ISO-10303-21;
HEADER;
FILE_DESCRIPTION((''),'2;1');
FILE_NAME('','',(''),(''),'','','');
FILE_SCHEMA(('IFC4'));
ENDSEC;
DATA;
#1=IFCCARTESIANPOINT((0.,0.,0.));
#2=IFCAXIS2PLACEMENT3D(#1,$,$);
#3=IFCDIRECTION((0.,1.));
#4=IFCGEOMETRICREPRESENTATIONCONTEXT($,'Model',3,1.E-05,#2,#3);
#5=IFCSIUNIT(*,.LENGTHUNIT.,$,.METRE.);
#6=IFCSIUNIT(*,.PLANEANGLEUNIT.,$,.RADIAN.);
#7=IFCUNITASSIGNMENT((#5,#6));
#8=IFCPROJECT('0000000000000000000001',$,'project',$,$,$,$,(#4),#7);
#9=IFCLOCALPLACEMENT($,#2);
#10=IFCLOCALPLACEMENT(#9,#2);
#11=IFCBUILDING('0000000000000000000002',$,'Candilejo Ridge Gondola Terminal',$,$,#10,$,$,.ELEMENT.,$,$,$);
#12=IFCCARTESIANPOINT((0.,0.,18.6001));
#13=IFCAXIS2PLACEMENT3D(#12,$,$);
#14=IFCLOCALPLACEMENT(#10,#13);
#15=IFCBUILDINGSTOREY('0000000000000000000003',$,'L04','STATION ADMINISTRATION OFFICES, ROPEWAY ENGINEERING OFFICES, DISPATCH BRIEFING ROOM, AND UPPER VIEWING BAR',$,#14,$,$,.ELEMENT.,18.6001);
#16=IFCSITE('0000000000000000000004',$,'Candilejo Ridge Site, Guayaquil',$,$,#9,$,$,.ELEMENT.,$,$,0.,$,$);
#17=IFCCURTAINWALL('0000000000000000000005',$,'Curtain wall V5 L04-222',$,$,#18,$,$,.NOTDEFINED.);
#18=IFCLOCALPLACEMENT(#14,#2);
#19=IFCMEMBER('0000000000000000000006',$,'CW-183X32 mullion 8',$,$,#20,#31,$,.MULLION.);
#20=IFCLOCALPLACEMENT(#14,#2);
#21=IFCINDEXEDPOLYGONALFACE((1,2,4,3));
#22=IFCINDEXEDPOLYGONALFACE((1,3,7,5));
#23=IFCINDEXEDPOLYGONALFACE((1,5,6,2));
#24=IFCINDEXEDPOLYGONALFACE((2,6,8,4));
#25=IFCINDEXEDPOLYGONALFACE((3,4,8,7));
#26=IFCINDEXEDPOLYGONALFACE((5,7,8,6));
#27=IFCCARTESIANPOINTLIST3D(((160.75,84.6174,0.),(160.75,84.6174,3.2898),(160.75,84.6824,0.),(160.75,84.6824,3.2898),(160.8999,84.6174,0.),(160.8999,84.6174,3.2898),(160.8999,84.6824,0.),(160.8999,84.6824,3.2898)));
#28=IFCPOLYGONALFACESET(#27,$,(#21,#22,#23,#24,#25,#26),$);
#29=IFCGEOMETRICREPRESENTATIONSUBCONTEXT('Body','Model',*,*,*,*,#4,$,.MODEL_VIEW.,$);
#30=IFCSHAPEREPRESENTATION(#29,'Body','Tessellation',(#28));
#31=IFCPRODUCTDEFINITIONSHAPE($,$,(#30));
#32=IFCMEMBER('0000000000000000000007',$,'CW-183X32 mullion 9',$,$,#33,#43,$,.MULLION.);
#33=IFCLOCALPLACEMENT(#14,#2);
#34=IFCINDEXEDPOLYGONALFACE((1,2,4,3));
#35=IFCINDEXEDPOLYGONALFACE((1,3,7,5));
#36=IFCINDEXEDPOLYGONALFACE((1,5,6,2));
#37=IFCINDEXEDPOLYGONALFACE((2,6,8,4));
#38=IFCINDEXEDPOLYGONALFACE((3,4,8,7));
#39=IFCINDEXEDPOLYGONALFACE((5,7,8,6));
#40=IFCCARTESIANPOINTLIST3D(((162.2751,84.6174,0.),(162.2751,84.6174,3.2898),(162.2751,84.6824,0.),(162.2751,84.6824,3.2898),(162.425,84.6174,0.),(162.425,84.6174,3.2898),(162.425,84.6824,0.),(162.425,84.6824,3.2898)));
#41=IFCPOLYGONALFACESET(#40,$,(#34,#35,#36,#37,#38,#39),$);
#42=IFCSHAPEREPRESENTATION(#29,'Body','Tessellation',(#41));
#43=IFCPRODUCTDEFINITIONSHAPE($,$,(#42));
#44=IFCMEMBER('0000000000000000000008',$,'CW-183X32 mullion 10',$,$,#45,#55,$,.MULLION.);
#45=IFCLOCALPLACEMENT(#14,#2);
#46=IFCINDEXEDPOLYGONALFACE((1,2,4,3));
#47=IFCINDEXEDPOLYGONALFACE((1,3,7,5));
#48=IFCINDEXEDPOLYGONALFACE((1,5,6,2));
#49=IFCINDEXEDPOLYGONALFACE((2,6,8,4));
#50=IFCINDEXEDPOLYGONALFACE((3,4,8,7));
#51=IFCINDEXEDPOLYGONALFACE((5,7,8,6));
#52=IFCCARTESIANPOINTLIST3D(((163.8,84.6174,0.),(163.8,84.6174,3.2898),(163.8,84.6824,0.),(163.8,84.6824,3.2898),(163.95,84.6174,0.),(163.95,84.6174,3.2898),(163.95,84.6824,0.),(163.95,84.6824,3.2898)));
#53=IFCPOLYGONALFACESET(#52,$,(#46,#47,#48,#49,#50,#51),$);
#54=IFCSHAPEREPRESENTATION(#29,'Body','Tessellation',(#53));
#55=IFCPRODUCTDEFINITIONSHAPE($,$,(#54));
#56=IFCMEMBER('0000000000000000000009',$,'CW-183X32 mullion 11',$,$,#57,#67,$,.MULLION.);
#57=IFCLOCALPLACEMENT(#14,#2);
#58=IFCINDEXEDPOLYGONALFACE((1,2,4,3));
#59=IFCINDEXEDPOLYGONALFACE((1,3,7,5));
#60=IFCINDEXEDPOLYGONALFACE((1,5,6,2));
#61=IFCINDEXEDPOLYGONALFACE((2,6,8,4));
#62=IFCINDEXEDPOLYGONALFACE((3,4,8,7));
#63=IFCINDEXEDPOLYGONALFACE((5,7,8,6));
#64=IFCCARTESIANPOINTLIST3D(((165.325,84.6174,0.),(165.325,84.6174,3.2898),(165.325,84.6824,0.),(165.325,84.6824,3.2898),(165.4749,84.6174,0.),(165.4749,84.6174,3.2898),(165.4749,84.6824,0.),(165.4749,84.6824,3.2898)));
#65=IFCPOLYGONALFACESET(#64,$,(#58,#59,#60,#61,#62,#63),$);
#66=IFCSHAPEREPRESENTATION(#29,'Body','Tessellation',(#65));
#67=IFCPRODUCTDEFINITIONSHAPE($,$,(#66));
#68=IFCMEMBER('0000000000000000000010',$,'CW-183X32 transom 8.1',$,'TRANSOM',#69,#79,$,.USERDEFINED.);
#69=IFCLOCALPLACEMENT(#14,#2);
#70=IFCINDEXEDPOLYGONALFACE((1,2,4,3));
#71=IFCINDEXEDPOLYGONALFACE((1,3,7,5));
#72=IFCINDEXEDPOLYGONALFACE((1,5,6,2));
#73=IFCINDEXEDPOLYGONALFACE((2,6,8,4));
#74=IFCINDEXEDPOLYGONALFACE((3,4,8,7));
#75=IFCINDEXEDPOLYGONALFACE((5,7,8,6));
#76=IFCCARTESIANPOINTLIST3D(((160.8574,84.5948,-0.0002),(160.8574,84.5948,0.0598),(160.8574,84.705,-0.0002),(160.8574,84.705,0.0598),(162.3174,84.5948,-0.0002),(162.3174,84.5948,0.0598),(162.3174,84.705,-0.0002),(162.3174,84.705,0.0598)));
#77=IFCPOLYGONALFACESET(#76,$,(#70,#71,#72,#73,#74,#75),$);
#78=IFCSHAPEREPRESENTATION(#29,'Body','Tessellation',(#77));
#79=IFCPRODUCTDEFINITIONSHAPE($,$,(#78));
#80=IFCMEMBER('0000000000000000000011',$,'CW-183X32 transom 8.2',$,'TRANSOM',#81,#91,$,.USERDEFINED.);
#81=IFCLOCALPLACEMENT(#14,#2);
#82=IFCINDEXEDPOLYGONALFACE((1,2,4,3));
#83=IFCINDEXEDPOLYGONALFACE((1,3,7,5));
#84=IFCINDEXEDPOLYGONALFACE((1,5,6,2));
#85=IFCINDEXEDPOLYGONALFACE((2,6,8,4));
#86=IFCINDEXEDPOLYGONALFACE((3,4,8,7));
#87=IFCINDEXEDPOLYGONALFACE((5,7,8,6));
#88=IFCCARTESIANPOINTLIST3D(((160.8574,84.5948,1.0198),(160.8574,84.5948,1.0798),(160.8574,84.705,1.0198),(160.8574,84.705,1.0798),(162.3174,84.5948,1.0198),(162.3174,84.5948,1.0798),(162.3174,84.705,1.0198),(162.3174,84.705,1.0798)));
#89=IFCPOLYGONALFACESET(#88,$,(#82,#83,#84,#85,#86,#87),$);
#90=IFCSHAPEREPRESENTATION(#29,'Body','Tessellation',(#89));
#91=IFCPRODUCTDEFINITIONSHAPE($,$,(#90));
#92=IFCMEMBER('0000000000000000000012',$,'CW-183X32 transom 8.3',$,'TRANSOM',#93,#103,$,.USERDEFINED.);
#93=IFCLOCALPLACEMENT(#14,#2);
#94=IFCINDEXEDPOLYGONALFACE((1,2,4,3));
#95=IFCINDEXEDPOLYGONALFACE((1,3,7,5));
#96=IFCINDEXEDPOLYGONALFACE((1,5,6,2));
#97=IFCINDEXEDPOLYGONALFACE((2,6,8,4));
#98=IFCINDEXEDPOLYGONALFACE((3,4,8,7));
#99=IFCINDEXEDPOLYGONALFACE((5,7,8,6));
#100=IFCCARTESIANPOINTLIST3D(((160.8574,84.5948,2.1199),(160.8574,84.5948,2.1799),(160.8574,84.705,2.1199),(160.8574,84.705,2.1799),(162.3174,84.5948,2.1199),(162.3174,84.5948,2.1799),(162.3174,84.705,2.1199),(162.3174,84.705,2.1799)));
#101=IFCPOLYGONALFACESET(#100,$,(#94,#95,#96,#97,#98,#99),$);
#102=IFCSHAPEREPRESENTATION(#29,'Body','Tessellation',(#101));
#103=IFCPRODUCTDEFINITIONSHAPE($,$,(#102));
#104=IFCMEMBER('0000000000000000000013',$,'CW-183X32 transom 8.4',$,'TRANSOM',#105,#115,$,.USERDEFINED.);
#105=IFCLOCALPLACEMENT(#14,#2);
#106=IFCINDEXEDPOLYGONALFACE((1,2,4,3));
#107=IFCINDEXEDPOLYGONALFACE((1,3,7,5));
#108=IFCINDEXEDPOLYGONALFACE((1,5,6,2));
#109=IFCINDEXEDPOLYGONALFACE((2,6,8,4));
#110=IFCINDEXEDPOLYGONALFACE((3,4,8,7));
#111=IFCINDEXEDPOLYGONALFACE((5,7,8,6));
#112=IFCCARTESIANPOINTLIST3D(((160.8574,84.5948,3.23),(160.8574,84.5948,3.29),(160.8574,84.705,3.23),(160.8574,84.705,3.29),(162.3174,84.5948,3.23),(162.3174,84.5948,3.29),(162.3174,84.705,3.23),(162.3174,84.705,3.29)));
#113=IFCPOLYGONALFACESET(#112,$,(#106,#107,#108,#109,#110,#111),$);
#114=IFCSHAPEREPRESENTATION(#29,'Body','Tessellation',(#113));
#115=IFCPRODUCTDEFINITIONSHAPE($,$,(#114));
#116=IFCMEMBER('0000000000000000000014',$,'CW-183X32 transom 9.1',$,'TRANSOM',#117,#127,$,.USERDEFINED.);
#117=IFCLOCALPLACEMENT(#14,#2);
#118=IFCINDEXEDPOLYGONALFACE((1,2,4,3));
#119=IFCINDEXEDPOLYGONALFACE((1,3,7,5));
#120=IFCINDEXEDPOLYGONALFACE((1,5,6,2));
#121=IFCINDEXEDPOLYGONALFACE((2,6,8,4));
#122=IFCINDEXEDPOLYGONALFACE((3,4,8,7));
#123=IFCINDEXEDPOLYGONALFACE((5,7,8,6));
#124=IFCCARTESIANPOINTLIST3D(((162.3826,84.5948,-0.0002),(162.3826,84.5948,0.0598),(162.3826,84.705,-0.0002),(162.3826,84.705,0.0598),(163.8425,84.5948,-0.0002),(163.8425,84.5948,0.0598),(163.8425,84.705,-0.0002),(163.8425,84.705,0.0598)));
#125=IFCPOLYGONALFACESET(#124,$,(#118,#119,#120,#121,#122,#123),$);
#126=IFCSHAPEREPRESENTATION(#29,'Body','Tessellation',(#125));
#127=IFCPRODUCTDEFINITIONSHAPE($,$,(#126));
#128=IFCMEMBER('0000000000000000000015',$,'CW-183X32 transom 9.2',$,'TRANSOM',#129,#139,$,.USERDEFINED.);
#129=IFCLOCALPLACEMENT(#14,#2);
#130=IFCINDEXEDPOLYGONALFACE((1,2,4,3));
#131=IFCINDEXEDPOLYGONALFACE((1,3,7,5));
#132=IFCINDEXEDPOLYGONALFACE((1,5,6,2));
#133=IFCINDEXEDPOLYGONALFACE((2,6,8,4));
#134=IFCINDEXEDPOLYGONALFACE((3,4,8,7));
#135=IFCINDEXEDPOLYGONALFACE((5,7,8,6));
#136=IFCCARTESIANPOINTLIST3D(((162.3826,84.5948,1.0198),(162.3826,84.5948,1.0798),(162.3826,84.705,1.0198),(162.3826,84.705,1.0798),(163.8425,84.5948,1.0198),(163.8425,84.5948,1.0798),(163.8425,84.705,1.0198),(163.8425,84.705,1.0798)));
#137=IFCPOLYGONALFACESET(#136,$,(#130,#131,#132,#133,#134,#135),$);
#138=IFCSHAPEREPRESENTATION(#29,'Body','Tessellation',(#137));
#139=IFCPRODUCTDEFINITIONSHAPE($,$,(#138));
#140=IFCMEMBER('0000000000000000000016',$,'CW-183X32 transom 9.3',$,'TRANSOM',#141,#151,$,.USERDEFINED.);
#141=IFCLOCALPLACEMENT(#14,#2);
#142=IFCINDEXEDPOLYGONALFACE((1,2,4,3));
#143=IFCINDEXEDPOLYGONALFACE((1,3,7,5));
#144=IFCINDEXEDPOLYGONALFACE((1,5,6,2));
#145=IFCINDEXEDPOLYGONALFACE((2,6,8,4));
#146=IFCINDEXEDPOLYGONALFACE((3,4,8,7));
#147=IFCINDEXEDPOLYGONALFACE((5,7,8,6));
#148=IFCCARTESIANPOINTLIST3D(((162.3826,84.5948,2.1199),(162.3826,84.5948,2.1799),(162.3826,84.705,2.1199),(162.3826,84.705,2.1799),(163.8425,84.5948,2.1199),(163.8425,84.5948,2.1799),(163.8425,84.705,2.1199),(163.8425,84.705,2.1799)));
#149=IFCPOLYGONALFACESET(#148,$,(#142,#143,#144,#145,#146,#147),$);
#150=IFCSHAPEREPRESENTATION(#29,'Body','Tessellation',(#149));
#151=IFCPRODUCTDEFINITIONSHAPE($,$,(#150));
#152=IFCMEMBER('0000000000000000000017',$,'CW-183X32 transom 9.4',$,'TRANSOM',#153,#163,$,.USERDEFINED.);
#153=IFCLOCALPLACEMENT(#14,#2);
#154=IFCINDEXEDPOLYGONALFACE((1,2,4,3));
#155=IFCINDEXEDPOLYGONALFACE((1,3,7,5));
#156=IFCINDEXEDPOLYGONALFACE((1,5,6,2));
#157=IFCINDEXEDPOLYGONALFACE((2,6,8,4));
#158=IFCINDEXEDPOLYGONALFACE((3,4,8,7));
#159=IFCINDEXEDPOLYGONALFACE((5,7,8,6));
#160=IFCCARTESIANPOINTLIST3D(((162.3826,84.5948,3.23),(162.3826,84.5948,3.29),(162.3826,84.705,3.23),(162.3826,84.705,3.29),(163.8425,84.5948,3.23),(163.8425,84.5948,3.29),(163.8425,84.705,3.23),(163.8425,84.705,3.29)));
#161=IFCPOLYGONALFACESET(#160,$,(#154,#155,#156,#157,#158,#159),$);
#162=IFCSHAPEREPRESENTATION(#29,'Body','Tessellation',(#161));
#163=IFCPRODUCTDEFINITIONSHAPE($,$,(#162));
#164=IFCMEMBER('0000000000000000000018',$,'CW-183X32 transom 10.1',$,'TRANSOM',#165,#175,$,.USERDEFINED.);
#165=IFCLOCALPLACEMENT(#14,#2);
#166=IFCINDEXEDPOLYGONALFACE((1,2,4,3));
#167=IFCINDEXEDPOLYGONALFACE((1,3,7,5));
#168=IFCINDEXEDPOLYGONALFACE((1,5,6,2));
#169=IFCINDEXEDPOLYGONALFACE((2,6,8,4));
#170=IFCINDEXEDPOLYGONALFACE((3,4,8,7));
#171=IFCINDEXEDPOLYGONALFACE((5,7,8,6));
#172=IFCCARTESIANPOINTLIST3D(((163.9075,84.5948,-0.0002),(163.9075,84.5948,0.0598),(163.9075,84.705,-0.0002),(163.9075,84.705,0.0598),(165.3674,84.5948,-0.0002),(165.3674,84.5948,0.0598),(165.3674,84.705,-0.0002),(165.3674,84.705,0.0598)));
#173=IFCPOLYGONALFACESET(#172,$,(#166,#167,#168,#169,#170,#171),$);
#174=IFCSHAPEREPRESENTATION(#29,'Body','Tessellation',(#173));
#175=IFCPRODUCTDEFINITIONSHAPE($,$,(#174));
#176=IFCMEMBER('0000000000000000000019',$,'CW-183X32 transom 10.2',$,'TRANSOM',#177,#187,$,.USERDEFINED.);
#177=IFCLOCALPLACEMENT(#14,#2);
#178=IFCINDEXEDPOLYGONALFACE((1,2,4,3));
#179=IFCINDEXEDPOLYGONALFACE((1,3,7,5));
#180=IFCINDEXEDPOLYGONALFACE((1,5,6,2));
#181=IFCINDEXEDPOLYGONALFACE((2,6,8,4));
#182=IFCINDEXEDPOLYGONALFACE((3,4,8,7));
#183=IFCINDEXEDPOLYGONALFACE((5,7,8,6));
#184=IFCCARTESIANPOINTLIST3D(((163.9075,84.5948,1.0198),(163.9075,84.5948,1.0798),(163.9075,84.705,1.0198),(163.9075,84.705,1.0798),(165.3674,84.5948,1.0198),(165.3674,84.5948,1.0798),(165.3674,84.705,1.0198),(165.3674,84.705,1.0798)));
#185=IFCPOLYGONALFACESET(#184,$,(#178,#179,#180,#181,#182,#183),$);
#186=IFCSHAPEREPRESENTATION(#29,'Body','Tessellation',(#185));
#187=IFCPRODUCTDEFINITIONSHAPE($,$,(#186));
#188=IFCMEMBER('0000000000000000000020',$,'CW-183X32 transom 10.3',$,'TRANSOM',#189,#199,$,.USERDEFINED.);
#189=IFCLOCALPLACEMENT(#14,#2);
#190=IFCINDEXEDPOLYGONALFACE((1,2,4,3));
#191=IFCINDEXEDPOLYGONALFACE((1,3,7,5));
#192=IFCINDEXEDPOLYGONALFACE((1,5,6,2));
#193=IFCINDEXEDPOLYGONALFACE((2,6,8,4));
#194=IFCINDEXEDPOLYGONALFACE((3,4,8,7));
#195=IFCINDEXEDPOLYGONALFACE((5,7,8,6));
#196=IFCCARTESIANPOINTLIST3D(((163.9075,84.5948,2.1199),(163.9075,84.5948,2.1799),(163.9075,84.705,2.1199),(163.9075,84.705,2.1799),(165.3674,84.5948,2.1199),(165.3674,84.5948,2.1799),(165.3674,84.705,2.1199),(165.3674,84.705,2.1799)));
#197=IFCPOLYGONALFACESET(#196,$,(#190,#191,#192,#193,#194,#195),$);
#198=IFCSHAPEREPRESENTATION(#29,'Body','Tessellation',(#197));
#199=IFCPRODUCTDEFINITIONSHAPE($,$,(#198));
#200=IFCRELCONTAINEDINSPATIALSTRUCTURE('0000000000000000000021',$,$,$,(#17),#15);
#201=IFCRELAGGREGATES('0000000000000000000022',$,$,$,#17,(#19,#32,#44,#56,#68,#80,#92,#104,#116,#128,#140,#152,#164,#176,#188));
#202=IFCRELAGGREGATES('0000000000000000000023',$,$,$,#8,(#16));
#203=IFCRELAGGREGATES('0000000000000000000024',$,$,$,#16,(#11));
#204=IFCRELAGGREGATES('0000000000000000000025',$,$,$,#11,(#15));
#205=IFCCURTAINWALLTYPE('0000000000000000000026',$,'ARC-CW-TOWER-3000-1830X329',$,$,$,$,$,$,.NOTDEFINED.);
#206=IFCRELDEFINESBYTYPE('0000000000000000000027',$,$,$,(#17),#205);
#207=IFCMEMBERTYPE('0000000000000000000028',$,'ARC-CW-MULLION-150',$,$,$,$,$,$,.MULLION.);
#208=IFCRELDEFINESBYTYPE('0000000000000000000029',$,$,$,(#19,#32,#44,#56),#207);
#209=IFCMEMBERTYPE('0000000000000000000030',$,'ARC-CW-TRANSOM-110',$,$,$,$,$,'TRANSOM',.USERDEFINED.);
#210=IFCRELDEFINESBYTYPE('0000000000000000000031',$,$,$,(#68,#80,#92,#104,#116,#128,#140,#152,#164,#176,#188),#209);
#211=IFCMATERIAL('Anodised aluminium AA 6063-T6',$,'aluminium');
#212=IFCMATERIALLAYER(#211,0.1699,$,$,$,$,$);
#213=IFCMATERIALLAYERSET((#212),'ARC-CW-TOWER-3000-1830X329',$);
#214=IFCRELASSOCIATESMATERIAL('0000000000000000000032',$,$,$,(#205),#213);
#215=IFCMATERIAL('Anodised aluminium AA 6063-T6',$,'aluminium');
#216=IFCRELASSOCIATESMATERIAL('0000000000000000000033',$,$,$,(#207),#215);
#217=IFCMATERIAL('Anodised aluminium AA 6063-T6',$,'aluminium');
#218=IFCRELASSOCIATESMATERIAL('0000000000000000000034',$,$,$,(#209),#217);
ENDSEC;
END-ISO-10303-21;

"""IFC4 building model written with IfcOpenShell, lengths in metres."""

from ifc_helpers import new_model, si_unit, direction, frame, origin, origin_2d, place, context, subcontext, project, spatial, rectangle, extrude, material, layer, layer_set, material_profile, profile_set, type_object, element, aggregate, save


model = new_model("IFC4")

# Units and contexts
model_context = context("Model", 3, precision=1e-05, world=origin(), true_north=direction((0.0, 1.0)))
body_context = subcontext(model_context, "Body", "Model", "MODEL_VIEW")
ifc_project = project(units=[si_unit("LENGTHUNIT", "METRE"), si_unit("PLANEANGLEUNIT", "RADIAN")], contexts=[model_context])

# Site, building, storey
site_placement = place(None, origin())
site = spatial("IfcSite", under=ifc_project, at=site_placement, Name="Candilejo Ridge Site, Guayaquil", CompositionType="ELEMENT", RefElevation=0.0)
building_placement = place(site_placement, origin())
building = spatial("IfcBuilding", under=site, at=building_placement, Name="Candilejo Ridge Gondola Terminal", CompositionType="ELEMENT")
storey_placement = place(building_placement, frame((0.0, 0.0, 18.6001)))
storey = spatial("IfcBuildingStorey", under=building, at=storey_placement, Name="L04", Description="STATION ADMINISTRATION OFFICES, ROPEWAY ENGINEERING OFFICES, DISPATCH BRIEFING ROOM, AND UPPER VIEWING BAR", CompositionType="ELEMENT", Elevation=18.6001)

# Curtain wall, members
ifc_material_1 = material(Name="Anodised aluminium AA 6063-T6", Category="aluminium")
ifc_layer_1 = layer(ifc_material_1, 0.1699)
ifc_layer_set_1 = layer_set([ifc_layer_1], Name="ARC-CW-TOWER-3000-1830X329")
curtain_wall_type = type_object("IfcCurtainWallType", Name="ARC-CW-TOWER-3000-1830X329", PredefinedType="NOTDEFINED", material=ifc_layer_set_1)
curtain_wall_placement = place(storey_placement, origin())
curtain_wall = element("IfcCurtainWall", 1, at=curtain_wall_placement, inside=storey, type_object=curtain_wall_type, Name="Curtain wall V5 L04-222", PredefinedType="NOTDEFINED")
ifc_material_2 = material(Name="Anodised aluminium AA 6063-T6", Category="aluminium")
ifc_material_profile_1 = material_profile(ifc_material_2, rectangle(XDim=0.0649, YDim=0.1499, at=origin_2d()))
ifc_profile_set_1 = profile_set([ifc_material_profile_1], Name="Anodised aluminium AA 6063-T6")
member_type_1 = type_object("IfcMemberType", Name="ARC-CW-MULLION-150", PredefinedType="MULLION", material=ifc_profile_set_1)
member_1_placement = place(storey_placement, frame((160.825, 84.6499, 0.0), z_axis=(0.0, 0.0, 1.0), x_axis=(0.0, 1.0, 0.0)))
member_1 = element("IfcMember", 2, at=member_1_placement, type_object=member_type_1, Name="CW-183X32 mullion 8", PredefinedType="MULLION", context=body_context, shape_type="SweptSolid", body=[
    extrude(rectangle(XDim=0.0649, YDim=0.1499, at=origin_2d()), origin(), (0.0, 0.0, 1.0), 3.2898),
])
member_2_placement = place(storey_placement, frame((162.3501, 84.6499, 0.0), z_axis=(0.0, 0.0, 1.0), x_axis=(0.0, 1.0, 0.0)))
member_2 = element("IfcMember", 3, at=member_2_placement, type_object=member_type_1, Name="CW-183X32 mullion 9", PredefinedType="MULLION", context=body_context, shape_type="SweptSolid", body=[
    extrude(rectangle(XDim=0.0649, YDim=0.1499, at=origin_2d()), origin(), (0.0, 0.0, 1.0), 3.2898),
])
member_3_placement = place(storey_placement, frame((163.875, 84.6499, 0.0), z_axis=(0.0, 0.0, 1.0), x_axis=(0.0, 1.0, 0.0)))
member_3 = element("IfcMember", 4, at=member_3_placement, type_object=member_type_1, Name="CW-183X32 mullion 10", PredefinedType="MULLION", context=body_context, shape_type="SweptSolid", body=[
    extrude(rectangle(XDim=0.0649, YDim=0.1499, at=origin_2d()), origin(), (0.0, 0.0, 1.0), 3.2898),
])
member_4_placement = place(storey_placement, frame((165.3999, 84.6499, 0.0), z_axis=(0.0, 0.0, 1.0), x_axis=(0.0, 1.0, 0.0)))
member_4 = element("IfcMember", 5, at=member_4_placement, type_object=member_type_1, Name="CW-183X32 mullion 11", PredefinedType="MULLION", context=body_context, shape_type="SweptSolid", body=[
    extrude(rectangle(XDim=0.0649, YDim=0.1499, at=origin_2d()), origin(), (0.0, 0.0, 1.0), 3.2898),
])
ifc_material_3 = material(Name="Anodised aluminium AA 6063-T6", Category="aluminium")
ifc_material_profile_2 = material_profile(ifc_material_3, rectangle(XDim=0.1101, YDim=0.0601, at=origin_2d()))
ifc_profile_set_2 = profile_set([ifc_material_profile_2], Name="Anodised aluminium AA 6063-T6")
member_type_2 = type_object("IfcMemberType", Name="ARC-CW-TRANSOM-110", ElementType="TRANSOM", PredefinedType="USERDEFINED", material=ifc_profile_set_2)
member_5_placement = place(storey_placement, frame((160.8574, 84.6499, 0.0298), z_axis=(1.0, 0.0, 0.0), x_axis=(0.0, 1.0, 0.0)))
member_5 = element("IfcMember", 6, at=member_5_placement, type_object=member_type_2, Name="CW-183X32 transom 8.1", ObjectType="TRANSOM", PredefinedType="USERDEFINED", context=body_context, shape_type="SweptSolid", body=[
    extrude(rectangle(XDim=0.1101, YDim=0.0601, at=origin_2d()), origin(), (0.0, 0.0, 1.0), 1.46),
])
member_6_placement = place(storey_placement, frame((160.8574, 84.6499, 1.0498), z_axis=(1.0, 0.0, 0.0), x_axis=(0.0, 1.0, 0.0)))
member_6 = element("IfcMember", 7, at=member_6_placement, type_object=member_type_2, Name="CW-183X32 transom 8.2", ObjectType="TRANSOM", PredefinedType="USERDEFINED", context=body_context, shape_type="SweptSolid", body=[
    extrude(rectangle(XDim=0.1101, YDim=0.0601, at=origin_2d()), origin(), (0.0, 0.0, 1.0), 1.46),
])
member_7_placement = place(storey_placement, frame((160.8574, 84.6499, 2.1499), z_axis=(1.0, 0.0, 0.0), x_axis=(0.0, 1.0, 0.0)))
member_7 = element("IfcMember", 8, at=member_7_placement, type_object=member_type_2, Name="CW-183X32 transom 8.3", ObjectType="TRANSOM", PredefinedType="USERDEFINED", context=body_context, shape_type="SweptSolid", body=[
    extrude(rectangle(XDim=0.1101, YDim=0.0601, at=origin_2d()), origin(), (0.0, 0.0, 1.0), 1.46),
])
member_8_placement = place(storey_placement, frame((160.8574, 84.6499, 3.26), z_axis=(1.0, 0.0, 0.0), x_axis=(0.0, 1.0, 0.0)))
member_8 = element("IfcMember", 9, at=member_8_placement, type_object=member_type_2, Name="CW-183X32 transom 8.4", ObjectType="TRANSOM", PredefinedType="USERDEFINED", context=body_context, shape_type="SweptSolid", body=[
    extrude(rectangle(XDim=0.1101, YDim=0.0601, at=origin_2d()), origin(), (0.0, 0.0, 1.0), 1.46),
])
member_9_placement = place(storey_placement, frame((162.3826, 84.6499, 0.0298), z_axis=(1.0, 0.0, 0.0), x_axis=(0.0, 1.0, 0.0)))
member_9 = element("IfcMember", 10, at=member_9_placement, type_object=member_type_2, Name="CW-183X32 transom 9.1", ObjectType="TRANSOM", PredefinedType="USERDEFINED", context=body_context, shape_type="SweptSolid", body=[
    extrude(rectangle(XDim=0.1101, YDim=0.0601, at=origin_2d()), origin(), (0.0, 0.0, 1.0), 1.46),
])
member_10_placement = place(storey_placement, frame((162.3826, 84.6499, 1.0498), z_axis=(1.0, 0.0, 0.0), x_axis=(0.0, 1.0, 0.0)))
member_10 = element("IfcMember", 11, at=member_10_placement, type_object=member_type_2, Name="CW-183X32 transom 9.2", ObjectType="TRANSOM", PredefinedType="USERDEFINED", context=body_context, shape_type="SweptSolid", body=[
    extrude(rectangle(XDim=0.1101, YDim=0.0601, at=origin_2d()), origin(), (0.0, 0.0, 1.0), 1.46),
])
member_11_placement = place(storey_placement, frame((162.3826, 84.6499, 2.1499), z_axis=(1.0, 0.0, 0.0), x_axis=(0.0, 1.0, 0.0)))
member_11 = element("IfcMember", 12, at=member_11_placement, type_object=member_type_2, Name="CW-183X32 transom 9.3", ObjectType="TRANSOM", PredefinedType="USERDEFINED", context=body_context, shape_type="SweptSolid", body=[
    extrude(rectangle(XDim=0.1101, YDim=0.0601, at=origin_2d()), origin(), (0.0, 0.0, 1.0), 1.46),
])
member_12_placement = place(storey_placement, frame((162.3826, 84.6499, 3.26), z_axis=(1.0, 0.0, 0.0), x_axis=(0.0, 1.0, 0.0)))
member_12 = element("IfcMember", 13, at=member_12_placement, type_object=member_type_2, Name="CW-183X32 transom 9.4", ObjectType="TRANSOM", PredefinedType="USERDEFINED", context=body_context, shape_type="SweptSolid", body=[
    extrude(rectangle(XDim=0.1101, YDim=0.0601, at=origin_2d()), origin(), (0.0, 0.0, 1.0), 1.46),
])
member_13_placement = place(storey_placement, frame((163.9075, 84.6499, 0.0298), z_axis=(1.0, 0.0, 0.0), x_axis=(0.0, 1.0, 0.0)))
member_13 = element("IfcMember", 14, at=member_13_placement, type_object=member_type_2, Name="CW-183X32 transom 10.1", ObjectType="TRANSOM", PredefinedType="USERDEFINED", context=body_context, shape_type="SweptSolid", body=[
    extrude(rectangle(XDim=0.1101, YDim=0.0601, at=origin_2d()), origin(), (0.0, 0.0, 1.0), 1.46),
])
member_14_placement = place(storey_placement, frame((163.9075, 84.6499, 1.0498), z_axis=(1.0, 0.0, 0.0), x_axis=(0.0, 1.0, 0.0)))
member_14 = element("IfcMember", 15, at=member_14_placement, type_object=member_type_2, Name="CW-183X32 transom 10.2", ObjectType="TRANSOM", PredefinedType="USERDEFINED", context=body_context, shape_type="SweptSolid", body=[
    extrude(rectangle(XDim=0.1101, YDim=0.0601, at=origin_2d()), origin(), (0.0, 0.0, 1.0), 1.46),
])
member_15_placement = place(storey_placement, frame((163.9075, 84.6499, 2.1499), z_axis=(1.0, 0.0, 0.0), x_axis=(0.0, 1.0, 0.0)))
member_15 = element("IfcMember", 16, at=member_15_placement, type_object=member_type_2, Name="CW-183X32 transom 10.3", ObjectType="TRANSOM", PredefinedType="USERDEFINED", context=body_context, shape_type="SweptSolid", body=[
    extrude(rectangle(XDim=0.1101, YDim=0.0601, at=origin_2d()), origin(), (0.0, 0.0, 1.0), 1.46),
])
aggregate(curtain_wall, [member_1, member_2, member_3, member_4, member_5, member_6, member_7, member_8, member_9, member_10, member_11, member_12, member_13, member_14, member_15])

save(model, "model.ifc")
